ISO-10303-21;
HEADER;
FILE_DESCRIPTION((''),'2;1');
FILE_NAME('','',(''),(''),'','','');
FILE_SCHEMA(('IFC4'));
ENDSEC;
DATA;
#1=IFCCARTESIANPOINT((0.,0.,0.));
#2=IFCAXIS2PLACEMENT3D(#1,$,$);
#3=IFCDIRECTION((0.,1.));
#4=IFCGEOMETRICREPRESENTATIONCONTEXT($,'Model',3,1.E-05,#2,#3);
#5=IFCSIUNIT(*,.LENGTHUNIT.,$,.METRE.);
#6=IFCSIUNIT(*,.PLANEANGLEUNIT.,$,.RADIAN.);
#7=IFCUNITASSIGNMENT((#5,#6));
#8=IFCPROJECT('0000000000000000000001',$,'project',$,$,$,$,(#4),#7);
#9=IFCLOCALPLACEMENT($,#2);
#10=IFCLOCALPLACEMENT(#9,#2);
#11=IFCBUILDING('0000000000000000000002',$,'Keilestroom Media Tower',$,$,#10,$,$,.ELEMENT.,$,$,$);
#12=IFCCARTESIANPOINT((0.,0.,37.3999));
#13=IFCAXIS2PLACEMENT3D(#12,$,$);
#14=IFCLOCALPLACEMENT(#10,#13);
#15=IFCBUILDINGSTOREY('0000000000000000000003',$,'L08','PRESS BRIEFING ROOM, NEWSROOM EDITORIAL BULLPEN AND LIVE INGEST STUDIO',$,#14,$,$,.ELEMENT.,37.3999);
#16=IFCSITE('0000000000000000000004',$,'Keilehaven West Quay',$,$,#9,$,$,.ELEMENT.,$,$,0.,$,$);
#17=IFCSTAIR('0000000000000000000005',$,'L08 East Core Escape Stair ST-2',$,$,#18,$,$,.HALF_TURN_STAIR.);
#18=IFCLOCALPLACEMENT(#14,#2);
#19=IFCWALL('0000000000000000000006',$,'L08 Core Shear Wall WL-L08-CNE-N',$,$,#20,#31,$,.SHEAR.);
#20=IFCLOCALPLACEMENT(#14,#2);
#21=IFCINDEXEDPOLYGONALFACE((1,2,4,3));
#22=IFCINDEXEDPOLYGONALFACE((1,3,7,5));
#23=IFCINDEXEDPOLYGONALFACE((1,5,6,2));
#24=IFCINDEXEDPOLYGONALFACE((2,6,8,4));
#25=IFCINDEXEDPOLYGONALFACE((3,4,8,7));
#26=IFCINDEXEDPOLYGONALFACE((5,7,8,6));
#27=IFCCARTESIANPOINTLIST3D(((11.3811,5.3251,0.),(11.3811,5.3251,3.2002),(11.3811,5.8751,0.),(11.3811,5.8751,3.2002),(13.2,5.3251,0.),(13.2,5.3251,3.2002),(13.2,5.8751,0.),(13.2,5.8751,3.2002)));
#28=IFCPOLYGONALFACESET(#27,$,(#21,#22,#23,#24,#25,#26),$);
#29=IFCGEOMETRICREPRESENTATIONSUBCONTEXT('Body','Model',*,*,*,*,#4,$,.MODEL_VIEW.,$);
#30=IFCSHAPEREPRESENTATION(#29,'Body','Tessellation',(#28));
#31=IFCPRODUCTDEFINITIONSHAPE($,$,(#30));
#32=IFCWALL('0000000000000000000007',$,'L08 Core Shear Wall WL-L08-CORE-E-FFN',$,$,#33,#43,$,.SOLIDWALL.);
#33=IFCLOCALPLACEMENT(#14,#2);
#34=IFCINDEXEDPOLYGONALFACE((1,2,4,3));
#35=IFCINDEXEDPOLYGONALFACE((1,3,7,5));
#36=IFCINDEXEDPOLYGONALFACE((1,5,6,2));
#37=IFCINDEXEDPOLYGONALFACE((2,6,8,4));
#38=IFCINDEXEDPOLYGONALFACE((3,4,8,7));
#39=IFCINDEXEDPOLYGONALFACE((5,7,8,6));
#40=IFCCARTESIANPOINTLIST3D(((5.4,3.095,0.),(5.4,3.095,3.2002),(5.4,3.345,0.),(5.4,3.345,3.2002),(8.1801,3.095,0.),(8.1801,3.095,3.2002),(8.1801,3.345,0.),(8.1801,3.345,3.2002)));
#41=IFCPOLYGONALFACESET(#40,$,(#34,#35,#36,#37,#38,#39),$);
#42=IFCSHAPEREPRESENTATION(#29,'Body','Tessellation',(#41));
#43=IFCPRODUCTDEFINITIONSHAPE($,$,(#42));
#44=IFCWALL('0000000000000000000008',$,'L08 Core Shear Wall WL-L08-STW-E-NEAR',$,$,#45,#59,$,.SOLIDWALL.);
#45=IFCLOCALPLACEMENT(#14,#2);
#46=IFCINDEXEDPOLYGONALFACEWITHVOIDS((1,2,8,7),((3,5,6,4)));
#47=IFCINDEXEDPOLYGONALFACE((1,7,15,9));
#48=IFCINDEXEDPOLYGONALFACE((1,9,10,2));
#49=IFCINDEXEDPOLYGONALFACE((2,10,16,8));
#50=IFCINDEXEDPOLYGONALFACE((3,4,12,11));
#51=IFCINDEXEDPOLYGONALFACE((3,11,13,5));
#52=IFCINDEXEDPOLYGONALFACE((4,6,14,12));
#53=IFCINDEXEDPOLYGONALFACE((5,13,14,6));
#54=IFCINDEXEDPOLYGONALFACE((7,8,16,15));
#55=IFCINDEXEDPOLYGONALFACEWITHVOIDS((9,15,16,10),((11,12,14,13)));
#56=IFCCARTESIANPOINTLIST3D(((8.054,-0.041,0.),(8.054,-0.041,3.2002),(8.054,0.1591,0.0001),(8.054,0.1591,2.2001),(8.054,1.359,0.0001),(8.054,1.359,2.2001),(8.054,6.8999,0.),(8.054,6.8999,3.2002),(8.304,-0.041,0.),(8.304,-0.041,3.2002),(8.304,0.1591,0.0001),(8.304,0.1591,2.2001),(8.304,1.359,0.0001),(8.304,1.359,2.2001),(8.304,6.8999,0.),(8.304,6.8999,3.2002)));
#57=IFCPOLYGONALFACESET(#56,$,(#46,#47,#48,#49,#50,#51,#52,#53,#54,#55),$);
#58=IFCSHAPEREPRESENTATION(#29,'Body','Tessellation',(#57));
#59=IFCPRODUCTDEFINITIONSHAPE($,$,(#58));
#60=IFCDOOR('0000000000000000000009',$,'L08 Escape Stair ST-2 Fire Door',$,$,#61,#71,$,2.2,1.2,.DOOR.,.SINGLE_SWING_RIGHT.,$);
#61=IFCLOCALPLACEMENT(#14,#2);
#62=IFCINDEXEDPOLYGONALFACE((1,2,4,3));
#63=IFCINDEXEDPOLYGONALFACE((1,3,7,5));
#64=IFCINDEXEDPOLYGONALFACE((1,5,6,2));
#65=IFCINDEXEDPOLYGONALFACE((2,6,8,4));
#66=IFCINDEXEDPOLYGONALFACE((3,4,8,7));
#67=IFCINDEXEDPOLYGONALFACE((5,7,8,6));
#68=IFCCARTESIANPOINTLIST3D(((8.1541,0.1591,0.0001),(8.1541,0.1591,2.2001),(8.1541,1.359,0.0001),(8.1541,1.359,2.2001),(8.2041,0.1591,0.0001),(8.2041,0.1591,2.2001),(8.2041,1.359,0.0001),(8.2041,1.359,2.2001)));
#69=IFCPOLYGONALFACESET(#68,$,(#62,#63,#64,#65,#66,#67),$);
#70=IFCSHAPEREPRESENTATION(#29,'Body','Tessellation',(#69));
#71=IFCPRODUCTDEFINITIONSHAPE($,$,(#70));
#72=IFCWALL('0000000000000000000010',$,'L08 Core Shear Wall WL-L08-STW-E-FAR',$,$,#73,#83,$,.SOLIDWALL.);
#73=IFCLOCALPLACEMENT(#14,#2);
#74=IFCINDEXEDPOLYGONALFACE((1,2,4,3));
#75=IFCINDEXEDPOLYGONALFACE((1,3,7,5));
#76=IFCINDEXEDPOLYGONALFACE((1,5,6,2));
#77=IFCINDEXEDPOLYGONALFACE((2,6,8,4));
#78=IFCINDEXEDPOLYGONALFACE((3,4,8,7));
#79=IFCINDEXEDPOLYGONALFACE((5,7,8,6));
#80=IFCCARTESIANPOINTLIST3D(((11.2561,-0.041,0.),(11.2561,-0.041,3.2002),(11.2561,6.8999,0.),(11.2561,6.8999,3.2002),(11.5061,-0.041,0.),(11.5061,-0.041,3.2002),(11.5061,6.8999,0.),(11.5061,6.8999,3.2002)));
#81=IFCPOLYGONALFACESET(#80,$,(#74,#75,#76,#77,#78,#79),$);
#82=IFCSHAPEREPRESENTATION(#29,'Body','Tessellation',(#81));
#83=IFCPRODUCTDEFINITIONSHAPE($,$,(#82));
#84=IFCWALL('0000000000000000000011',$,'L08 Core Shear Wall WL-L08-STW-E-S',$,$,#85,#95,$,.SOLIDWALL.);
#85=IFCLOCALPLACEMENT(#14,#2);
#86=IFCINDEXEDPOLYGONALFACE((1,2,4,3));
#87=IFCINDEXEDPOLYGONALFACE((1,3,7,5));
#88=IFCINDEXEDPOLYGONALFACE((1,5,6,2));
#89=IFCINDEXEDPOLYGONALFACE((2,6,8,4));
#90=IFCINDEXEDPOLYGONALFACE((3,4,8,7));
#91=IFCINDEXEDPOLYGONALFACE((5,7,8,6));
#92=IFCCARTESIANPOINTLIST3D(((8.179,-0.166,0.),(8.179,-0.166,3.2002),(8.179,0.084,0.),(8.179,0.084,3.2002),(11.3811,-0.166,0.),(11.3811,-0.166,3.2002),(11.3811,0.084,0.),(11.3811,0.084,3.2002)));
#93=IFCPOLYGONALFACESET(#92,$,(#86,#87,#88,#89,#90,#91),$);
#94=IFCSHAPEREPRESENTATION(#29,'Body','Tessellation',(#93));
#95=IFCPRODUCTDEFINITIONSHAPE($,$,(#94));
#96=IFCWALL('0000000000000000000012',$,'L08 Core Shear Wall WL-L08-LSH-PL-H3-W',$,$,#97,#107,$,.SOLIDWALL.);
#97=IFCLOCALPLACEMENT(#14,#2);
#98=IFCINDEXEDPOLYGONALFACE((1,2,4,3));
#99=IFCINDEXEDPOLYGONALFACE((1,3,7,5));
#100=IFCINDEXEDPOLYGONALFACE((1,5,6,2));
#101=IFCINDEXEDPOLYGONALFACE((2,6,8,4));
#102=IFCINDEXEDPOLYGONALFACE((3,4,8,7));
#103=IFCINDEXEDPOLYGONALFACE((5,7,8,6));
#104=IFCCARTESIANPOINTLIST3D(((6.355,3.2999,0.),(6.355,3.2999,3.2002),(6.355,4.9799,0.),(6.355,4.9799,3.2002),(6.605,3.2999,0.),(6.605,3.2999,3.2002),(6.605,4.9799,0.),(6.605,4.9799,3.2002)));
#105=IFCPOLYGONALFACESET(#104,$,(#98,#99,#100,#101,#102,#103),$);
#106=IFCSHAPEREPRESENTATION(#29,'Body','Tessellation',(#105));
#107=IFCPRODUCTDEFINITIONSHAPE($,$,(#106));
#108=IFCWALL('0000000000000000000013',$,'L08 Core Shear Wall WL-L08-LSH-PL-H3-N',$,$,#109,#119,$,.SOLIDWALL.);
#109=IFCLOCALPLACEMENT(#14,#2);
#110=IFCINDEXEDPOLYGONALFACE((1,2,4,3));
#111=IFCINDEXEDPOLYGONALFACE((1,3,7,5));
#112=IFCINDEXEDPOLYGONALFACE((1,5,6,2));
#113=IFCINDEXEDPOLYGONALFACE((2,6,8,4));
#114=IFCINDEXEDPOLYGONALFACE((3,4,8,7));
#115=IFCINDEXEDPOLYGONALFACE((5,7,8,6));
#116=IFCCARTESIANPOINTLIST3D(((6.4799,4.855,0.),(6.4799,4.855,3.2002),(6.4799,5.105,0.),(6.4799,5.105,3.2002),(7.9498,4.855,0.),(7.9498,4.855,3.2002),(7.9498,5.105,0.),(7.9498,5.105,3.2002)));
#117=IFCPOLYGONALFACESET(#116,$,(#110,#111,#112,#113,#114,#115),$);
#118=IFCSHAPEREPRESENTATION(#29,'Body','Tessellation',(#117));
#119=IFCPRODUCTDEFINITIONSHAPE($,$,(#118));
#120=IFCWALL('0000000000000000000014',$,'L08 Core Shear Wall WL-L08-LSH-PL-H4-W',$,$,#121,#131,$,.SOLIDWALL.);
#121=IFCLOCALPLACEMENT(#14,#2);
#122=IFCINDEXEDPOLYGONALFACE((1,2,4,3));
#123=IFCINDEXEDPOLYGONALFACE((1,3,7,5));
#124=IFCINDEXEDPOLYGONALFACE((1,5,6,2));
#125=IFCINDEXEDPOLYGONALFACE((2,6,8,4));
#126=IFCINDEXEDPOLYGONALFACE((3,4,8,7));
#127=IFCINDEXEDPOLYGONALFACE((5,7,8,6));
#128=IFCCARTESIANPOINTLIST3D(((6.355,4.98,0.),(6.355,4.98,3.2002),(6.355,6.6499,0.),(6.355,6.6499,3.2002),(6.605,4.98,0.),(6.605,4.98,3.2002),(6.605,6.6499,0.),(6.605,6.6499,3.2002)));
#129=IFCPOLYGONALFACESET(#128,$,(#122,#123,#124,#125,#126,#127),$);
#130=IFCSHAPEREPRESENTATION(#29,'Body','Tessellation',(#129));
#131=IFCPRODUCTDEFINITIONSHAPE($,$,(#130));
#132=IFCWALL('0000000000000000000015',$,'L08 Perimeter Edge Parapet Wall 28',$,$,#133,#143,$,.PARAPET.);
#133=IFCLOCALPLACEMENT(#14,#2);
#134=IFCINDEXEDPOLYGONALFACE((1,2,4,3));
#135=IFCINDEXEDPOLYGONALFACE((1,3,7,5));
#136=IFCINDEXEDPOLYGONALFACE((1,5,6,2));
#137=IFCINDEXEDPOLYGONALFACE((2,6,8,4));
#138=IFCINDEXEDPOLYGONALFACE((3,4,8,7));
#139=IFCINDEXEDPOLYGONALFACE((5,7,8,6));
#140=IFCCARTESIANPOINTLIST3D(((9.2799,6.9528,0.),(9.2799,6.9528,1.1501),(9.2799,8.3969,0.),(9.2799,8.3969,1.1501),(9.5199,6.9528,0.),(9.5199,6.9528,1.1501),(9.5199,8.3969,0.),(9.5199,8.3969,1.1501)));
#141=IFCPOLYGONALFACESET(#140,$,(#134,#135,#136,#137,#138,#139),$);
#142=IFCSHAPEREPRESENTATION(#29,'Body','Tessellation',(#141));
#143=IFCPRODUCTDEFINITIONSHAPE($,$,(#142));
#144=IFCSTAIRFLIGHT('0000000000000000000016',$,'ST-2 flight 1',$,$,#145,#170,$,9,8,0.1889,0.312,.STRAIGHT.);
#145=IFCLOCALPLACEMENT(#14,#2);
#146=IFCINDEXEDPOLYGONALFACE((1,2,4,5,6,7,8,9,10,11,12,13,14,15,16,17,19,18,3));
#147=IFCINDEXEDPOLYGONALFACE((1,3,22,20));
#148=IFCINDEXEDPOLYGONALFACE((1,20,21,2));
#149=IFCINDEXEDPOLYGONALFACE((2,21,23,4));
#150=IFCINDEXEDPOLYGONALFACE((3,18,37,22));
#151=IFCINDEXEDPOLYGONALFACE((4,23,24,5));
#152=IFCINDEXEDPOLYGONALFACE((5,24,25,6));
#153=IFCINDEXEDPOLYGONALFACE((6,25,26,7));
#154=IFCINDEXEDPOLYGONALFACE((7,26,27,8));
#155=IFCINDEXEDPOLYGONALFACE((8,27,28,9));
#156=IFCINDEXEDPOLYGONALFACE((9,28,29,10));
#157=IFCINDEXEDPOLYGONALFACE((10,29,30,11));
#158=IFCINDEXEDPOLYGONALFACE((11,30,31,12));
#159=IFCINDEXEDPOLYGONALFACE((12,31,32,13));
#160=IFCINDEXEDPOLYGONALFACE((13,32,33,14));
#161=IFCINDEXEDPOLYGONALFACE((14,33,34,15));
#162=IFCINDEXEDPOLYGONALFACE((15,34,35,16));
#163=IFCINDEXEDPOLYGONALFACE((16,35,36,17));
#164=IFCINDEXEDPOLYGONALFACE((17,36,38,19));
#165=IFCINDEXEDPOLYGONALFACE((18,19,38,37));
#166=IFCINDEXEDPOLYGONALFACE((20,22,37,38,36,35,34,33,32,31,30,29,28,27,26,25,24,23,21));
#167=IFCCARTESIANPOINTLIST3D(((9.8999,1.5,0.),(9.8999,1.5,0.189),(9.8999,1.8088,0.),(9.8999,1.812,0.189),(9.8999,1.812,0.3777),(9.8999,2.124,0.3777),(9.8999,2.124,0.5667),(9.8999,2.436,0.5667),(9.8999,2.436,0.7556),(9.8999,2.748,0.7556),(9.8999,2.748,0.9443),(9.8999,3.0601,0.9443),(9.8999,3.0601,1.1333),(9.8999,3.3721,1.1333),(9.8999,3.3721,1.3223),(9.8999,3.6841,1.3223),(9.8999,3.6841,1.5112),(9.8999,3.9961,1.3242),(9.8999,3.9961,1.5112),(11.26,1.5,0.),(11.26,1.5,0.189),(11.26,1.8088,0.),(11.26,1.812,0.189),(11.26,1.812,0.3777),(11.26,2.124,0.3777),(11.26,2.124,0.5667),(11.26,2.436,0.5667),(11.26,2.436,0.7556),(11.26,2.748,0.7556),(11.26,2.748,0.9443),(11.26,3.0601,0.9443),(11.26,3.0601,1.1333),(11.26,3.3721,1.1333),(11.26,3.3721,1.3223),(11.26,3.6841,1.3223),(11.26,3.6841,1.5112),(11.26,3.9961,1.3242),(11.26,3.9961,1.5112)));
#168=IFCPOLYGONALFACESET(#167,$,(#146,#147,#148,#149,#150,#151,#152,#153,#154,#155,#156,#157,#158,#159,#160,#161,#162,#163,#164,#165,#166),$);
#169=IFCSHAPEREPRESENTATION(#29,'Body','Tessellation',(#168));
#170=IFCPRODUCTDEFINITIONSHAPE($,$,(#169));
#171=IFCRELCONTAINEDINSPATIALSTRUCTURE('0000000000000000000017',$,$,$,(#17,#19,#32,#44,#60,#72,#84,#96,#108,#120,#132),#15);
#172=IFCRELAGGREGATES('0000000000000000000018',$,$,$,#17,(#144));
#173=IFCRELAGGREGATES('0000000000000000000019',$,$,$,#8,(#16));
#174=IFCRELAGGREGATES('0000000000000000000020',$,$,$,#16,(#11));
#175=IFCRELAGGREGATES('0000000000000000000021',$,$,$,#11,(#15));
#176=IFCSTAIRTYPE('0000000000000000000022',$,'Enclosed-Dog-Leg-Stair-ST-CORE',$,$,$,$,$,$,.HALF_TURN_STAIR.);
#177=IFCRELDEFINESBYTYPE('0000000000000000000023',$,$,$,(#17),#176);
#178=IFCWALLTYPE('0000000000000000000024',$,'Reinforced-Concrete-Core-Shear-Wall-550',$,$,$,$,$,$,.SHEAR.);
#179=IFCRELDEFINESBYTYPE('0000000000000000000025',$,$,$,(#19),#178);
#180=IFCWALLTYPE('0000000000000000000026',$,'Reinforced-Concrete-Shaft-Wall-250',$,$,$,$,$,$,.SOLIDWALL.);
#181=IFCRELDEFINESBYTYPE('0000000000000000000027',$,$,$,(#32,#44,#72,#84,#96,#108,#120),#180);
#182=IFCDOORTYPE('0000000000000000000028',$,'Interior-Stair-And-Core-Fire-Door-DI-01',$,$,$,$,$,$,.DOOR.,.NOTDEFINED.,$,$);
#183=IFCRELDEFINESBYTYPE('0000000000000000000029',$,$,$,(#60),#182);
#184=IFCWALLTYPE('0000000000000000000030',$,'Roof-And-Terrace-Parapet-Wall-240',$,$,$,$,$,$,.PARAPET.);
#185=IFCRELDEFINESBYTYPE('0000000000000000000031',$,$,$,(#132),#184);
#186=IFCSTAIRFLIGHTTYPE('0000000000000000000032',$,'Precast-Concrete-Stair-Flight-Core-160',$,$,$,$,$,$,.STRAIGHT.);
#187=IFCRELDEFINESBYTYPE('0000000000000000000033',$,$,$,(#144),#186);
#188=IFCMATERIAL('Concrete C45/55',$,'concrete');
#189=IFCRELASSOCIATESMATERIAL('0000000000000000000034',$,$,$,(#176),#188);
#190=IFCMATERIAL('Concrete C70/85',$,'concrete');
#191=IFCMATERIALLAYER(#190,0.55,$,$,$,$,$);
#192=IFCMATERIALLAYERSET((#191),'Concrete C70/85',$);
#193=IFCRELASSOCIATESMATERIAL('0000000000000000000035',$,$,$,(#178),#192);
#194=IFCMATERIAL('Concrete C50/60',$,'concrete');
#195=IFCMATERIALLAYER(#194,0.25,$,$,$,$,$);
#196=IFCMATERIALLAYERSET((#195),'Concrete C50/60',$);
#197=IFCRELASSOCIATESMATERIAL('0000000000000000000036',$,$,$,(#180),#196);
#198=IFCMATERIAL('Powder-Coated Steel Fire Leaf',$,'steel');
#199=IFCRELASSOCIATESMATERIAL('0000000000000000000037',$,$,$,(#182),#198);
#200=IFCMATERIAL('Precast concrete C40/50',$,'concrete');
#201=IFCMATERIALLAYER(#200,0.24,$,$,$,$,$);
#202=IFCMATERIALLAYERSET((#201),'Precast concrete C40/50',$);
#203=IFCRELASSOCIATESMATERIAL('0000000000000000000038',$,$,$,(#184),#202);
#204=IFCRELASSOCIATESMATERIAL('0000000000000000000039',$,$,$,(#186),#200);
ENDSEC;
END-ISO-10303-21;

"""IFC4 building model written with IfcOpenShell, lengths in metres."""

from ifc_helpers import new_model, si_unit, direction, frame, frame_2d, origin, place, context, subcontext, project, spatial, polyline, rectangle, outline, extrude, source, transform, mapped, material, layer, layer_set, type_object, element, fill, aggregate, save


model = new_model("IFC4")

# Units and contexts
model_context = context("Model", 3, precision=1e-05, world=origin(), true_north=direction((0.0, 1.0)))
body_context = subcontext(model_context, "Body", "Model", "MODEL_VIEW")
ifc_project = project(units=[si_unit("LENGTHUNIT", "METRE"), si_unit("PLANEANGLEUNIT", "RADIAN")], contexts=[model_context])

# Site, building, storey
site_placement = place(None, origin())
site = spatial("IfcSite", under=ifc_project, at=site_placement, Name="Keilehaven West Quay", CompositionType="ELEMENT", RefElevation=0.0)
building_placement = place(site_placement, origin())
building = spatial("IfcBuilding", under=site, at=building_placement, Name="Keilestroom Media Tower", CompositionType="ELEMENT")
storey_placement = place(building_placement, frame((0.0, 0.0, 37.3999)))
storey = spatial("IfcBuildingStorey", under=building, at=storey_placement, Name="L08", Description="PRESS BRIEFING ROOM, NEWSROOM EDITORIAL BULLPEN AND LIVE INGEST STUDIO", CompositionType="ELEMENT", Elevation=37.3999)

# Shared definitions
ifc_material_1 = material(Name="Concrete C70/85", Category="concrete")

# Stair
ifc_material_2 = material(Name="Concrete C45/55", Category="concrete")
stair_type = type_object("IfcStairType", Name="Enclosed-Dog-Leg-Stair-ST-CORE", PredefinedType="HALF_TURN_STAIR", material=ifc_material_2)
stair_1_placement = place(storey_placement, origin())
stair_1 = element("IfcStair", 1, at=stair_1_placement, inside=storey, type_object=stair_type, Name="L08 East Core Escape Stair ST-2", PredefinedType="HALF_TURN_STAIR")

# Walls
ifc_layer_1 = layer(ifc_material_1, 0.55)
ifc_layer_set_1 = layer_set([ifc_layer_1], Name="Concrete C70/85")
wall_type_1 = type_object("IfcWallType", Name="Reinforced-Concrete-Core-Shear-Wall-550", PredefinedType="SHEAR", material=ifc_layer_set_1)
wall_1_placement = place(storey_placement, frame((11.3811, 5.6001, 0.0), z_axis=(0.0, 0.0, 1.0), x_axis=(1.0, 0.0, 0.0)))
element("IfcWall", 2, at=wall_1_placement, inside=storey, type_object=wall_type_1, Name="L08 Core Shear Wall WL-L08-CNE-N", PredefinedType="SHEAR", context=body_context, shape_type="SweptSolid", body=[
    extrude(rectangle(XDim=1.8188, YDim=0.55, at=frame_2d((0.9094, 0.0))), origin(), (0.0, 0.0, 1.0), 3.2002),
])
ifc_material_3 = material(Name="Concrete C50/60", Category="concrete")
ifc_layer_2 = layer(ifc_material_3, 0.25)
ifc_layer_set_2 = layer_set([ifc_layer_2], Name="Concrete C50/60")
wall_type_2 = type_object("IfcWallType", Name="Reinforced-Concrete-Shaft-Wall-250", PredefinedType="SOLIDWALL", material=ifc_layer_set_2)
wall_2_placement = place(storey_placement, frame((5.3999, 3.22, 0.0), z_axis=(0.0, 0.0, 1.0), x_axis=(1.0, 0.0, 0.0)))
element("IfcWall", 3, at=wall_2_placement, inside=storey, type_object=wall_type_2, Name="L08 Core Shear Wall WL-L08-CORE-E-FFN", PredefinedType="SOLIDWALL", context=body_context, shape_type="SweptSolid", body=[
    extrude(rectangle(XDim=2.78, YDim=0.25, at=frame_2d((1.3901, 0.0))), origin(), (0.0, 0.0, 1.0), 3.2002),
])

# Wall, opening, door
wall_3_placement = place(storey_placement, frame((8.179, -0.041, 0.0), z_axis=(0.0, 0.0, 1.0), x_axis=(0.0, 1.0, 0.0)))
wall_3 = element("IfcWall", 4, at=wall_3_placement, inside=storey, type_object=wall_type_2, Name="L08 Core Shear Wall WL-L08-STW-E-NEAR", PredefinedType="SOLIDWALL", context=body_context, shape_type="SweptSolid", body=[
    extrude(rectangle(XDim=6.9409, YDim=0.25, at=frame_2d((3.4705, 0.0))), origin(), (0.0, 0.0, 1.0), 3.2002),
])
opening_placement = place(wall_3_placement, frame((0.2, 0.0, 0.0)))
opening = element("IfcOpeningElement", 5, at=opening_placement, cuts=wall_3, PredefinedType="OPENING", context=body_context, shape_type="SweptSolid", body=[
    extrude(rectangle(XDim=1.2, YDim=2.2, at=frame_2d((0.6001, 1.1001))), frame((0.0, 0.135, 0.0), z_axis=(0.0, -1.0, 0.0), x_axis=(1.0, 0.0, 0.0)), (0.0, 0.0, 1.0), 0.27),
])
ifc_material_4 = material(Name="Powder-Coated Steel Fire Leaf", Category="steel")
door_type = type_object("IfcDoorType", Name="Interior-Stair-And-Core-Fire-Door-DI-01", OperationType="NOTDEFINED", PredefinedType="DOOR", material=ifc_material_4)
shared_shape_1 = source(origin(), body_context, "Body", "SweptSolid", [
    extrude(rectangle(XDim=1.2, YDim=2.2, at=frame_2d((0.6001, 1.1001))), frame((0.0, 0.0249, 0.0), z_axis=(0.0, -1.0, 0.0), x_axis=(1.0, 0.0, 0.0)), (0.0, 0.0, 1.0), 0.05),
])
door_placement = place(opening_placement, origin())
door = element("IfcDoor", 6, at=door_placement, inside=storey, type_object=door_type, Name="L08 Escape Stair ST-2 Fire Door", OperationType="SINGLE_SWING_RIGHT", OverallHeight=2.2, OverallWidth=1.2, PredefinedType="DOOR", context=body_context, shape_type="MappedRepresentation", body=[
    mapped(shared_shape_1, transform((0.0, 0.0, 0.0), x_axis=(1.0, 0.0, 0.0), y_axis=(0.0, 1.0, 0.0), z_axis=(0.0, 0.0, 1.0), scale=1.0)),
])
fill(opening, door)

# Walls
wall_4_placement = place(storey_placement, frame((11.3811, -0.041, 0.0), z_axis=(0.0, 0.0, 1.0), x_axis=(0.0, 1.0, 0.0)))
element("IfcWall", 7, at=wall_4_placement, inside=storey, type_object=wall_type_2, Name="L08 Core Shear Wall WL-L08-STW-E-FAR", PredefinedType="SOLIDWALL", context=body_context, shape_type="SweptSolid", body=[
    extrude(rectangle(XDim=6.9409, YDim=0.25, at=frame_2d((3.4705, 0.0))), origin(), (0.0, 0.0, 1.0), 3.2002),
])
wall_5_placement = place(storey_placement, frame((8.179, -0.041, 0.0), z_axis=(0.0, 0.0, 1.0), x_axis=(1.0, 0.0, 0.0)))
element("IfcWall", 8, at=wall_5_placement, inside=storey, type_object=wall_type_2, Name="L08 Core Shear Wall WL-L08-STW-E-S", PredefinedType="SOLIDWALL", context=body_context, shape_type="SweptSolid", body=[
    extrude(rectangle(XDim=3.2021, YDim=0.25, at=frame_2d((1.6011, 0.0))), origin(), (0.0, 0.0, 1.0), 3.2002),
])
wall_6_placement = place(storey_placement, frame((6.48, 3.3, 0.0), z_axis=(0.0, 0.0, 1.0), x_axis=(0.0, 1.0, 0.0)))
element("IfcWall", 9, at=wall_6_placement, inside=storey, type_object=wall_type_2, Name="L08 Core Shear Wall WL-L08-LSH-PL-H3-W", PredefinedType="SOLIDWALL", context=body_context, shape_type="SweptSolid", body=[
    extrude(rectangle(XDim=1.6799, YDim=0.25, at=frame_2d((0.8398, 0.0))), origin(), (0.0, 0.0, 1.0), 3.2002),
])
wall_7_placement = place(storey_placement, frame((6.48, 4.98, 0.0), z_axis=(0.0, 0.0, 1.0), x_axis=(1.0, 0.0, 0.0)))
element("IfcWall", 10, at=wall_7_placement, inside=storey, type_object=wall_type_2, Name="L08 Core Shear Wall WL-L08-LSH-PL-H3-N", PredefinedType="SOLIDWALL", context=body_context, shape_type="SweptSolid", body=[
    extrude(rectangle(XDim=1.47, YDim=0.25, at=frame_2d((0.7349, 0.0))), origin(), (0.0, 0.0, 1.0), 3.2002),
])
wall_8_placement = place(storey_placement, frame((6.48, 4.98, 0.0), z_axis=(0.0, 0.0, 1.0), x_axis=(0.0, 1.0, 0.0)))
element("IfcWall", 11, at=wall_8_placement, inside=storey, type_object=wall_type_2, Name="L08 Core Shear Wall WL-L08-LSH-PL-H4-W", PredefinedType="SOLIDWALL", context=body_context, shape_type="SweptSolid", body=[
    extrude(rectangle(XDim=1.6699, YDim=0.25, at=frame_2d((0.835, 0.0))), origin(), (0.0, 0.0, 1.0), 3.2002),
])
ifc_material_5 = material(Name="Precast concrete C40/50", Category="concrete")
ifc_layer_3 = layer(ifc_material_5, 0.24)
ifc_layer_set_3 = layer_set([ifc_layer_3], Name="Precast concrete C40/50")
wall_type_3 = type_object("IfcWallType", Name="Roof-And-Terrace-Parapet-Wall-240", PredefinedType="PARAPET", material=ifc_layer_set_3)
wall_9_placement = place(storey_placement, frame((9.3999, 8.397, 0.0), z_axis=(0.0, 0.0, 1.0), x_axis=(0.0, -1.0, 0.0)))
element("IfcWall", 12, at=wall_9_placement, inside=storey, type_object=wall_type_3, Name="L08 Perimeter Edge Parapet Wall 28", PredefinedType="PARAPET", context=body_context, shape_type="SweptSolid", body=[
    extrude(rectangle(XDim=1.4441, YDim=0.24, at=frame_2d((0.7222, 0.0))), origin(), (0.0, 0.0, 1.0), 1.1501),
])

# Stair flight
stair_flight_type = type_object("IfcStairFlightType", Name="Precast-Concrete-Stair-Flight-Core-160", PredefinedType="STRAIGHT", material=ifc_material_5)
stair_flight_1_placement = place(storey_placement, frame((10.5801, 1.5, 0.0), z_axis=(0.0, 0.0, 1.0), x_axis=(0.0, 1.0, 0.0)))
stair_flight_1 = element("IfcStairFlight", 13, at=stair_flight_1_placement, type_object=stair_flight_type, Name="ST-2 flight 1", NumberOfRisers=9, NumberOfTreads=8, PredefinedType="STRAIGHT", RiserHeight=0.1889, TreadLength=0.312, context=body_context, shape_type="SweptSolid", body=[
    extrude(outline(polyline([(0.0, 0.0), (0.0, 0.189), (0.312, 0.189), (0.312, 0.3777), (0.624, 0.3777), (0.624, 0.5667), (0.936, 0.5667), (0.936, 0.7556), (1.248, 0.7556), (1.248, 0.9443), (1.5601, 0.9443), (1.5601, 1.1333), (1.8721, 1.1333), (1.8721, 1.3223), (2.1841, 1.3223), (2.1841, 1.5112), (2.4961, 1.5112), (2.4961, 1.7), (2.4961, 1.3242), (0.3088, 0.0), (0.0, 0.0)])), frame((0.0, 0.6802, 0.0), z_axis=(0.0, -1.0, 0.0), x_axis=(1.0, 0.0, 0.0)), (0.0, 0.0, 1.0), 1.3601),
])
aggregate(stair_1, [stair_flight_1])

save(model, "model.ifc")
